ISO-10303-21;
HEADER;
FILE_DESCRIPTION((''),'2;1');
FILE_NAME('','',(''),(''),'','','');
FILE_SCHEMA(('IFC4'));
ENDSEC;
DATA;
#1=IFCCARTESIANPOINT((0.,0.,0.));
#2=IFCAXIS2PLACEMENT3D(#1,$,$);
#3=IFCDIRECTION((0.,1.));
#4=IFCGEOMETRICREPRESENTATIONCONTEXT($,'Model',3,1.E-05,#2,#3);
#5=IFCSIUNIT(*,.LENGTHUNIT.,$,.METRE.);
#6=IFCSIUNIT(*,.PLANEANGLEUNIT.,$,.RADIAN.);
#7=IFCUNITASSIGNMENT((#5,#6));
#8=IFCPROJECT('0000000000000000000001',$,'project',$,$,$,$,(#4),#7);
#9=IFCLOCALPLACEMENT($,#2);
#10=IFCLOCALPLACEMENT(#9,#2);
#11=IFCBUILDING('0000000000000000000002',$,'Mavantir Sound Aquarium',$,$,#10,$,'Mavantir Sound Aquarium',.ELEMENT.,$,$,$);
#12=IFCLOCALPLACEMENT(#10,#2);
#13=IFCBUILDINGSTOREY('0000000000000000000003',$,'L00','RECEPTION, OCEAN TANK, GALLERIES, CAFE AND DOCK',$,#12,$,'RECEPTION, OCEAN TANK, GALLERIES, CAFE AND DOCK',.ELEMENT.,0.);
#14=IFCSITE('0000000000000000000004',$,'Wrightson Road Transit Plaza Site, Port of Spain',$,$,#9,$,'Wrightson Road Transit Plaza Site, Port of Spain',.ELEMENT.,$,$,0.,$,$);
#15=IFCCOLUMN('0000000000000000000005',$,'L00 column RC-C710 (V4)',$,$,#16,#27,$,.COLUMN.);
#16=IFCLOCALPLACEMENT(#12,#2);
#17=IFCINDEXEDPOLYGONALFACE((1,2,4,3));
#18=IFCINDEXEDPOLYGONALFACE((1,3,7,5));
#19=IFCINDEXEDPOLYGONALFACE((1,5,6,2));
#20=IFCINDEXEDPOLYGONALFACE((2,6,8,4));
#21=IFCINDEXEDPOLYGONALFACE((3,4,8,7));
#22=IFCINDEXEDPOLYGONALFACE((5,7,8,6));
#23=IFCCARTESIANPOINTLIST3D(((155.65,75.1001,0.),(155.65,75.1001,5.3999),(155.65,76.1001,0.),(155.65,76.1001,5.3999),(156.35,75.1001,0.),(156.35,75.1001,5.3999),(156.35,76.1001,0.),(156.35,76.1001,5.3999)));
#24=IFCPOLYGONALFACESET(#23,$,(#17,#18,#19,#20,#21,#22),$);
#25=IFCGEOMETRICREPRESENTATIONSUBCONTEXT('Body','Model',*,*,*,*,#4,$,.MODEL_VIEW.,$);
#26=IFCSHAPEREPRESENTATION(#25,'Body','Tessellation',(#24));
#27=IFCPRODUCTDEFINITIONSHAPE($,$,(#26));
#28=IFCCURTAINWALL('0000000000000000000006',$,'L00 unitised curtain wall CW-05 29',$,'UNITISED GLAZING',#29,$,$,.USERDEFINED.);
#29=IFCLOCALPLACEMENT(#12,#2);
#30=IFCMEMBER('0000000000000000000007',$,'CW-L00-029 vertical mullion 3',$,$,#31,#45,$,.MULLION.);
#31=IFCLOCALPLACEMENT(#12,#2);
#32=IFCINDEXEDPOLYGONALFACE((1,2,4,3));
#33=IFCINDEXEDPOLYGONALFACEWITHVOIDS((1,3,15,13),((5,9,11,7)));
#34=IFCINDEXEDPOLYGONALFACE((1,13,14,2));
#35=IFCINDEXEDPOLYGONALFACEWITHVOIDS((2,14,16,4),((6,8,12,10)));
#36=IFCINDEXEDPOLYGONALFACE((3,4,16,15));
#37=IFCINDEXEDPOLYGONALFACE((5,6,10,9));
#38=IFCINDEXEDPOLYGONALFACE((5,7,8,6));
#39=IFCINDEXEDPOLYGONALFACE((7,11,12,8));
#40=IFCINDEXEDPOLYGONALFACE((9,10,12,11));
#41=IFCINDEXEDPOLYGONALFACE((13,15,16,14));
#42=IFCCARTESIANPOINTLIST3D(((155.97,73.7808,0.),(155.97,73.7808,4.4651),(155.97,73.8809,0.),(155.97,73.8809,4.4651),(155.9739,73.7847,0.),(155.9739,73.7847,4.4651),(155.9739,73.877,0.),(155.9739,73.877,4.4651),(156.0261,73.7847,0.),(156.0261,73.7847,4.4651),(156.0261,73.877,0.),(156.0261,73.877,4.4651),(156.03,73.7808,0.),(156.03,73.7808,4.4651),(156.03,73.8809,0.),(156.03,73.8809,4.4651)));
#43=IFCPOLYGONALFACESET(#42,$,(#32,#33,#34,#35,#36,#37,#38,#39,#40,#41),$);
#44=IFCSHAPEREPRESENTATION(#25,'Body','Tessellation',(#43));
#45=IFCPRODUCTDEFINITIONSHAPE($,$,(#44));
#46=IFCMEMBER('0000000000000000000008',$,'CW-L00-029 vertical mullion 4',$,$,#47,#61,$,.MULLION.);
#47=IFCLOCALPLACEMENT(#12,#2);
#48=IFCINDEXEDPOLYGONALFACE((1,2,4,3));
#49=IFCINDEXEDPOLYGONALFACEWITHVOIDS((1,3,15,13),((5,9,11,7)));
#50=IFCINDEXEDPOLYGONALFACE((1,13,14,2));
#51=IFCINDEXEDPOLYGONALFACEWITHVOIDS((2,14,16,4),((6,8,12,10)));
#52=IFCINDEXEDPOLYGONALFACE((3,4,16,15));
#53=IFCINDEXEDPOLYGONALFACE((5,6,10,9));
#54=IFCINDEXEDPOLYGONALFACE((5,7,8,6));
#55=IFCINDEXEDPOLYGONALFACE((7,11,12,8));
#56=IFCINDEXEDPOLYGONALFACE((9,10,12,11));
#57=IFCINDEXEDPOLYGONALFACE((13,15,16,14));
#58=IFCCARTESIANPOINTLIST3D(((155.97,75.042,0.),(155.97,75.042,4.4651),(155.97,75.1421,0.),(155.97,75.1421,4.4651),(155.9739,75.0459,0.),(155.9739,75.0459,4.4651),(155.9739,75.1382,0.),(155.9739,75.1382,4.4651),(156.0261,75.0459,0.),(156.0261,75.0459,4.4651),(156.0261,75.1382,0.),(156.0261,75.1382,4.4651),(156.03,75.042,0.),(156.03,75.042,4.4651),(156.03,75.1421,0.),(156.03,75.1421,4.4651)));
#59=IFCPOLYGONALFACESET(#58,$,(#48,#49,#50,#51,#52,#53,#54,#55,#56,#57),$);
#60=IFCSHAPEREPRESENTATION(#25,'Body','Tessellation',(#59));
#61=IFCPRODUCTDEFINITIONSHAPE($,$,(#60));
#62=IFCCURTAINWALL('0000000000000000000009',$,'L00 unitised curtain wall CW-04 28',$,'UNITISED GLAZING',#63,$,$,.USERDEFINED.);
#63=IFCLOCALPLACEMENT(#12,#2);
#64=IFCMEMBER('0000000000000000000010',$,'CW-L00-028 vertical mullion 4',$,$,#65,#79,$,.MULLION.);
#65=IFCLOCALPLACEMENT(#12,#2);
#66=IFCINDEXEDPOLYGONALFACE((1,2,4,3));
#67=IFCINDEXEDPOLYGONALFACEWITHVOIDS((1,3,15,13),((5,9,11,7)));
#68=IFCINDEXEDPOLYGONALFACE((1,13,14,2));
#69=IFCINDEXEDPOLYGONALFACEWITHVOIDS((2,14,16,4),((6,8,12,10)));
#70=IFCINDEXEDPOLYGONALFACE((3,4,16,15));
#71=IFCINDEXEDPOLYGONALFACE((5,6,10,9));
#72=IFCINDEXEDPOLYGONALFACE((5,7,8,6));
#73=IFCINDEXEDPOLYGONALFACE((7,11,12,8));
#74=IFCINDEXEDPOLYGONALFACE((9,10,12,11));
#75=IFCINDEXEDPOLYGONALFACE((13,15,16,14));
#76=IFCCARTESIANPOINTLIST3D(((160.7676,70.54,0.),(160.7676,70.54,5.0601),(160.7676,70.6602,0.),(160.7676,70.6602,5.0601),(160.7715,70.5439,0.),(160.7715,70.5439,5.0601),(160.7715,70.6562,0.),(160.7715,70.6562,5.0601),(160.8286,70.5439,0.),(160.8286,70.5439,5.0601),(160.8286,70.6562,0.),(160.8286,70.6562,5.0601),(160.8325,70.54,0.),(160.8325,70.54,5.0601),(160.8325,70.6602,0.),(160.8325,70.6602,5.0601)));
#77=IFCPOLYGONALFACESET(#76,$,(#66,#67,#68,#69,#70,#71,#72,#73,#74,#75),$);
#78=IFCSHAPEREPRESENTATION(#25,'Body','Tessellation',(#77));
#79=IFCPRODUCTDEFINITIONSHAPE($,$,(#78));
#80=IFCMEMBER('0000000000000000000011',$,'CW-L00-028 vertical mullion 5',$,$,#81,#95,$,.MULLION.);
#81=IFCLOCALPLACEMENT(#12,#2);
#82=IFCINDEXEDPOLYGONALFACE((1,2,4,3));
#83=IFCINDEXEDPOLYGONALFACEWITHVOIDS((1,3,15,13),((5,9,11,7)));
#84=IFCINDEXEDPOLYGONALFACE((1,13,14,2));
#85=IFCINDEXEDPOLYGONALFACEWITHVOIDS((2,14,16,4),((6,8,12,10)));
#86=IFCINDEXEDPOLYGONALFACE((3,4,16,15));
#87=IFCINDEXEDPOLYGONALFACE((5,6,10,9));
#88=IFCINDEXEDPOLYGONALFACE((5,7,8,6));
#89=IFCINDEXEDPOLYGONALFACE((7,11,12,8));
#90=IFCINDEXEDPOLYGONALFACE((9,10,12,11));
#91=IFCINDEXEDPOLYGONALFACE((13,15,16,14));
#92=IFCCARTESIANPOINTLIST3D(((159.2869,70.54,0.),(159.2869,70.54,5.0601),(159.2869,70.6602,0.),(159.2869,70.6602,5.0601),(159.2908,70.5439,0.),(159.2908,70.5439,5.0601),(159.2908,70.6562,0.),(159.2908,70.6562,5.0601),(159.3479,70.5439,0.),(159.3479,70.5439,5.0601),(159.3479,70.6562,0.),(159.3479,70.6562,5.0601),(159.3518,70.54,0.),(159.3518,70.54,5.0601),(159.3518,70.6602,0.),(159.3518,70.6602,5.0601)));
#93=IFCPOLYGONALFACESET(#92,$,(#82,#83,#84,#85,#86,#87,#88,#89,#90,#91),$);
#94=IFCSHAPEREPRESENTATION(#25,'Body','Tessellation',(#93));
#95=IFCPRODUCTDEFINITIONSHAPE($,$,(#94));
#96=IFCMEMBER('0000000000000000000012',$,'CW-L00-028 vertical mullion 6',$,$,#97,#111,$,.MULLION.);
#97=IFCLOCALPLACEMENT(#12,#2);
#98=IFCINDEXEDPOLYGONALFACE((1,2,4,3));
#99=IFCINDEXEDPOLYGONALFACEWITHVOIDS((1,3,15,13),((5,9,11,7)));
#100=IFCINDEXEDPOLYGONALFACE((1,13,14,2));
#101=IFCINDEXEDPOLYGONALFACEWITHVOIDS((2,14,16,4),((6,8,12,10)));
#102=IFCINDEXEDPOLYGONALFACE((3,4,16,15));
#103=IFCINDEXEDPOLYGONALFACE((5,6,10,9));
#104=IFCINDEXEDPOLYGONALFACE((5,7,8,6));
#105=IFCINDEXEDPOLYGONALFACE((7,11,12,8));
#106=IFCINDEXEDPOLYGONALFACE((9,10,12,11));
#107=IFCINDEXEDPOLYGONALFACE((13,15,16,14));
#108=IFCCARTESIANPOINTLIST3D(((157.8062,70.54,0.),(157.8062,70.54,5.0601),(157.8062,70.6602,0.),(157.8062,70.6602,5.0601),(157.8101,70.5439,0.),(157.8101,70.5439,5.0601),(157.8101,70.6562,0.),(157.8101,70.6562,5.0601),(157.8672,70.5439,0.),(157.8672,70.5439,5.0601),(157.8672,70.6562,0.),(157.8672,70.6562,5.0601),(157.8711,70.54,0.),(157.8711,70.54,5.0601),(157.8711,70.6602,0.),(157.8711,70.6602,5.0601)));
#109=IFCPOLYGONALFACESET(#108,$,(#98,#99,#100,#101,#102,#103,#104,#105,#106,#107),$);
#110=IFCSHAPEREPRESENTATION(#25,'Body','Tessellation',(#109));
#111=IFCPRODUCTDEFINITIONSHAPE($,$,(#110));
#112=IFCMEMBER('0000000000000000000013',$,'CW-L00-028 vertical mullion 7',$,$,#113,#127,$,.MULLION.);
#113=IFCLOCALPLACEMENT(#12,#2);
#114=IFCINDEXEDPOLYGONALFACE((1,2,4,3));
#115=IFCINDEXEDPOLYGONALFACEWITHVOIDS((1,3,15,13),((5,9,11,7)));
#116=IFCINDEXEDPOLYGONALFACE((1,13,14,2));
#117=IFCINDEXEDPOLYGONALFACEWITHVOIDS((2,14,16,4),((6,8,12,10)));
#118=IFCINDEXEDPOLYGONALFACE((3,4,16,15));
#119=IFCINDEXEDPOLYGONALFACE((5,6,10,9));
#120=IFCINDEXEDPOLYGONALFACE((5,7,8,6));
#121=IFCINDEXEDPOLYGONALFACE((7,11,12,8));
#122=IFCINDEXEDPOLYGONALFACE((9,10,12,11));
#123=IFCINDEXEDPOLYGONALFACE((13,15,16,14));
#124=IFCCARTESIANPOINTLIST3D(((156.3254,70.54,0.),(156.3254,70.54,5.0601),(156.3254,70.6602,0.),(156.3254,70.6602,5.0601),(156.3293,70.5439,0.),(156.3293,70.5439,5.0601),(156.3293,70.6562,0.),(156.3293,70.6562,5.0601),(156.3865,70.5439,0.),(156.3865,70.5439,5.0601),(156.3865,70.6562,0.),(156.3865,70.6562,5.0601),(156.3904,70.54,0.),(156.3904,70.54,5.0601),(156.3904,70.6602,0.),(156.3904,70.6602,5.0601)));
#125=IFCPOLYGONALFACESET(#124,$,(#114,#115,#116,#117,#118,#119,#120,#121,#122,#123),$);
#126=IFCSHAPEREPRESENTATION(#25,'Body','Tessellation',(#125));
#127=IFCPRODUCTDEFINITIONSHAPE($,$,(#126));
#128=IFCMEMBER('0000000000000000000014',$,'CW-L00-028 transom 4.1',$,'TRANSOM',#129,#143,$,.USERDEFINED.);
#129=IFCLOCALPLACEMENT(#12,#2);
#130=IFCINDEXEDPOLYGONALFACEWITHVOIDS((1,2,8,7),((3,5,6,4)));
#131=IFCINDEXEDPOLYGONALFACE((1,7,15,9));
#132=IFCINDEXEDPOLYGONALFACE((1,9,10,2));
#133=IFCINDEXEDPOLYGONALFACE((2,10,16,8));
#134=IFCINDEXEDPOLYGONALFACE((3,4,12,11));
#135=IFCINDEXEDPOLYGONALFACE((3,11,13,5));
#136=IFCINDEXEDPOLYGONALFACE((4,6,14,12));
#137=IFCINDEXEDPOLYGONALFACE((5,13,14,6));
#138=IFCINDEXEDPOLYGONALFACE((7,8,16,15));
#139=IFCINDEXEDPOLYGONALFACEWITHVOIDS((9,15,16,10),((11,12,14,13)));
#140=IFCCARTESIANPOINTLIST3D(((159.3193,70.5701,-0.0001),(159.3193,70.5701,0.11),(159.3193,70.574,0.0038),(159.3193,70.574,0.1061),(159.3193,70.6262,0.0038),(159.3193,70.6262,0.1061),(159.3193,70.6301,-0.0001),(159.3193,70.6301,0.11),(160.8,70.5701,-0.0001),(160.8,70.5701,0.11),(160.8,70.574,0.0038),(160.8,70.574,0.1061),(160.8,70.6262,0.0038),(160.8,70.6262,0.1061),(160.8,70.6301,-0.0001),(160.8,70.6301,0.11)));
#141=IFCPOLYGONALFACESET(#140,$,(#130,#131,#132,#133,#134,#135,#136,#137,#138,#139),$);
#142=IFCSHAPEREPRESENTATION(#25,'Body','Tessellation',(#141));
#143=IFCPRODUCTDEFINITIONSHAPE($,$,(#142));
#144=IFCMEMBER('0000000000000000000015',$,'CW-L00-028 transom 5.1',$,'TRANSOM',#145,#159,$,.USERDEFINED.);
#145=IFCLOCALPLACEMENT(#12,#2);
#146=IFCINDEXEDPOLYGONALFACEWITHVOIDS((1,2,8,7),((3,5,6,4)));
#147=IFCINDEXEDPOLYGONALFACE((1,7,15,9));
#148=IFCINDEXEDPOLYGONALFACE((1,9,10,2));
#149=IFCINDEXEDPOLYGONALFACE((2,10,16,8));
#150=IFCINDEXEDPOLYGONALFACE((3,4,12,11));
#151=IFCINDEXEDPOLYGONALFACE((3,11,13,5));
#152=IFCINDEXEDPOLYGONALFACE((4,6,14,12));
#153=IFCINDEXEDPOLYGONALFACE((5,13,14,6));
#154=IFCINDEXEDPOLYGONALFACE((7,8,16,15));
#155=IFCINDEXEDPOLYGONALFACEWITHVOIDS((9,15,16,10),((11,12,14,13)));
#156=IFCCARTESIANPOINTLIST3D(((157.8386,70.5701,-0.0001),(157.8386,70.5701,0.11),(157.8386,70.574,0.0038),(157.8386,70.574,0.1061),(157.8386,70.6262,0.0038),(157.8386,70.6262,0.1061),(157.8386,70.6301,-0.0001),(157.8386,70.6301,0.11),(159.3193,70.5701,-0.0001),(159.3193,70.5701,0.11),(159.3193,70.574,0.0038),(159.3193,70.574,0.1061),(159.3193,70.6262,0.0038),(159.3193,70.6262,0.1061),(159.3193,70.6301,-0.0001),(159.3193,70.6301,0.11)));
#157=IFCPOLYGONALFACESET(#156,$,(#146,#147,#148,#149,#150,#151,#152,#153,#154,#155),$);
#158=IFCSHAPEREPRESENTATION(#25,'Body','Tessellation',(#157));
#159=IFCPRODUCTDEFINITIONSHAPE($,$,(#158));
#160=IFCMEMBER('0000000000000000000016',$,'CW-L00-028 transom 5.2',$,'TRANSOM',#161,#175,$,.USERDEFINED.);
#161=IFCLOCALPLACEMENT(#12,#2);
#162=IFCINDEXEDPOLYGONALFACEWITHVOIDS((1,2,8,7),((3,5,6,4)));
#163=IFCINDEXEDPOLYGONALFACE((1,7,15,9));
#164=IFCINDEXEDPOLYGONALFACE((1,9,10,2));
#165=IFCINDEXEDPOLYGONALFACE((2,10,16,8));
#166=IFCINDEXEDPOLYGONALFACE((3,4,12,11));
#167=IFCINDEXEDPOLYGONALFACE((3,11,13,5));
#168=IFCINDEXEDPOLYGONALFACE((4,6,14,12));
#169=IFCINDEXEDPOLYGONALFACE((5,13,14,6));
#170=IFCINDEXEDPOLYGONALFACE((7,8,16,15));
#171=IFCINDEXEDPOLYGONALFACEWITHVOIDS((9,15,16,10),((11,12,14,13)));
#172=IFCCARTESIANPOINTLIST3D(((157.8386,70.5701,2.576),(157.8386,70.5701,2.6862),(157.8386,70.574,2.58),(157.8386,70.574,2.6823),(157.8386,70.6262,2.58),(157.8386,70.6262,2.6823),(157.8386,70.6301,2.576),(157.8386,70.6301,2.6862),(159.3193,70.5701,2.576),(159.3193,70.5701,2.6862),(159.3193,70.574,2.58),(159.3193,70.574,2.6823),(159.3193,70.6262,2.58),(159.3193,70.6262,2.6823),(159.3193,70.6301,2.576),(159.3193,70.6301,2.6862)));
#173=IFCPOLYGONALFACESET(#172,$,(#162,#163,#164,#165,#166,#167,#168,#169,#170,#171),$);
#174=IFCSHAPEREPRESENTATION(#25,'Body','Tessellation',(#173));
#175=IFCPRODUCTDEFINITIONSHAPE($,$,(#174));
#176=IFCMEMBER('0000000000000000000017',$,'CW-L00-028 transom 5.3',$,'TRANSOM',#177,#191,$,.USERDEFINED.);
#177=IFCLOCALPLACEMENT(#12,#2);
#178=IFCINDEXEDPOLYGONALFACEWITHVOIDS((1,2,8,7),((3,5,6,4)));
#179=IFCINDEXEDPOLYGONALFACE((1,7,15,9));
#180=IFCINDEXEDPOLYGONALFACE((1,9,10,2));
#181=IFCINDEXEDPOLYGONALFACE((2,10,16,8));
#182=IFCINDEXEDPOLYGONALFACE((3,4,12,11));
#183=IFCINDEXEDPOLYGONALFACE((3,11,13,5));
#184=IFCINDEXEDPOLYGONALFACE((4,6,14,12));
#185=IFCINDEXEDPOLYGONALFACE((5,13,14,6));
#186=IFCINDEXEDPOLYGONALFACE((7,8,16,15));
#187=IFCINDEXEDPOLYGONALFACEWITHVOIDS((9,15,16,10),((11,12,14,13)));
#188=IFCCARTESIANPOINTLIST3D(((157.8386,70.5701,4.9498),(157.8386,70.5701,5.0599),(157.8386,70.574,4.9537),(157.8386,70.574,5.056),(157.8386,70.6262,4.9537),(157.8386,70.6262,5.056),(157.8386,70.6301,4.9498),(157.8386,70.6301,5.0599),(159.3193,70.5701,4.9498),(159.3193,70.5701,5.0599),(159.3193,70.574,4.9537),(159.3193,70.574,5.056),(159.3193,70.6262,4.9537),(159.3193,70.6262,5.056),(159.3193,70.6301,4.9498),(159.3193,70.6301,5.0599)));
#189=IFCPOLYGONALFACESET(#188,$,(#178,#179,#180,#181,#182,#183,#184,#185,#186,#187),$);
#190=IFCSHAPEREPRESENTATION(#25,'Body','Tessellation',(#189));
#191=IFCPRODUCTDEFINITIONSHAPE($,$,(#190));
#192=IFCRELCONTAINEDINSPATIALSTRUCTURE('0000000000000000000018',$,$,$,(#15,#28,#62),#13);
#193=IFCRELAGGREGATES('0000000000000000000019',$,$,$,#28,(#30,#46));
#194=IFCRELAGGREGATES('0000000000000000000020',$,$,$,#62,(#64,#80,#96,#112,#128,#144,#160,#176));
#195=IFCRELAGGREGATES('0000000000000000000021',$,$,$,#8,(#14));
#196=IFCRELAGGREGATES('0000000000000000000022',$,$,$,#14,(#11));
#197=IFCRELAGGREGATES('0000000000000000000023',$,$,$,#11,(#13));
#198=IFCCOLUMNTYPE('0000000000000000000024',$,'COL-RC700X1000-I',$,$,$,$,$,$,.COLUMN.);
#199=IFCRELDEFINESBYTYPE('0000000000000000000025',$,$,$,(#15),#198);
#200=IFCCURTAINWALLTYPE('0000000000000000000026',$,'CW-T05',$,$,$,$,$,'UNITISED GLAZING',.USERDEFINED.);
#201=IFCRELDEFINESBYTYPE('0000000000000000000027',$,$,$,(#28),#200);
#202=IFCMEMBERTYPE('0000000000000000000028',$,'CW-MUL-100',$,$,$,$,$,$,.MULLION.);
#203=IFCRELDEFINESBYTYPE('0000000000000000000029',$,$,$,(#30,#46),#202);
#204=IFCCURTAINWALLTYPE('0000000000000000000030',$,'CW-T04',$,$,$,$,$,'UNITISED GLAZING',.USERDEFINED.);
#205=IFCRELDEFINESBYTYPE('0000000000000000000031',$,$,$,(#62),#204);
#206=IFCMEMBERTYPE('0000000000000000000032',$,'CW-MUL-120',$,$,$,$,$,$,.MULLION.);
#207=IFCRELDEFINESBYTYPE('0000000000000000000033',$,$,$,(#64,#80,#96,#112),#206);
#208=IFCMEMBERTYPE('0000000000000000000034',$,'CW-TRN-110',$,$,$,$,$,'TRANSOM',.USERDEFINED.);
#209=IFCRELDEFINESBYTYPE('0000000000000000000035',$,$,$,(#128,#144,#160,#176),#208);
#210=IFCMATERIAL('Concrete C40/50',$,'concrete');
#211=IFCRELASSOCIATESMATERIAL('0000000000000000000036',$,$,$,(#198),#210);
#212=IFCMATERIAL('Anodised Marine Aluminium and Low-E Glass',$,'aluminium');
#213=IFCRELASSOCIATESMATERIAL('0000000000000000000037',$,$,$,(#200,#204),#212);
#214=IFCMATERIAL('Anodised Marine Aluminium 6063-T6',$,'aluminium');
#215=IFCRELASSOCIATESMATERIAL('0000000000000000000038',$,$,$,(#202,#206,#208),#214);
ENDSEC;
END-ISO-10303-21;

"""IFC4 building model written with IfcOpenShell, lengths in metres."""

from ifc_helpers import new_model, si_unit, direction, frame, origin, origin_2d, place, context, subcontext, project, spatial, rectangle, hollow_rectangle, extrude, material, material_profile, profile_set, type_object, element, aggregate, save


model = new_model("IFC4")

# Units and contexts
model_context = context("Model", 3, precision=1e-05, world=origin(), true_north=direction((0.0, 1.0)))
body_context = subcontext(model_context, "Body", "Model", "MODEL_VIEW")
ifc_project = project(units=[si_unit("LENGTHUNIT", "METRE"), si_unit("PLANEANGLEUNIT", "RADIAN")], contexts=[model_context])

# Site, building, storey
site_placement = place(None, origin())
site = spatial("IfcSite", under=ifc_project, at=site_placement, Name="Wrightson Road Transit Plaza Site, Port of Spain", LongName="Wrightson Road Transit Plaza Site, Port of Spain", CompositionType="ELEMENT", RefElevation=0.0)
building_placement = place(site_placement, origin())
building = spatial("IfcBuilding", under=site, at=building_placement, Name="Mavantir Sound Aquarium", LongName="Mavantir Sound Aquarium", CompositionType="ELEMENT")
storey_placement = place(building_placement, origin())
storey = spatial("IfcBuildingStorey", under=building, at=storey_placement, Name="L00", Description="RECEPTION, OCEAN TANK, GALLERIES, CAFE AND DOCK", LongName="RECEPTION, OCEAN TANK, GALLERIES, CAFE AND DOCK", CompositionType="ELEMENT", Elevation=0.0)

# Column
ifc_material_1 = material(Name="Concrete C40/50", Category="concrete")
ifc_material_profile_1 = material_profile(ifc_material_1, rectangle(XDim=0.7, YDim=1.0, at=origin_2d()), Name="RC 700X1000")
ifc_profile_set_1 = profile_set([ifc_material_profile_1], Name="Concrete C40/50")
column_type = type_object("IfcColumnType", Name="COL-RC700X1000-I", PredefinedType="COLUMN", material=ifc_profile_set_1)
column_placement = place(storey_placement, frame((156.0, 75.6001, 0.0), z_axis=(0.0, 0.0, 1.0), x_axis=(1.0, 0.0, 0.0)))
element("IfcColumn", 1, at=column_placement, inside=storey, type_object=column_type, Name="L00 column RC-C710 (V4)", PredefinedType="COLUMN", context=body_context, shape_type="SweptSolid", body=[
    extrude(rectangle(XDim=0.7, YDim=1.0, at=origin_2d()), origin(), (0.0, 0.0, 1.0), 5.3999),
])

# Curtain walls, members
ifc_material_2 = material(Name="Anodised Marine Aluminium and Low-E Glass", Category="aluminium")
curtain_wall_type_1 = type_object("IfcCurtainWallType", Name="CW-T05", ElementType="UNITISED GLAZING", PredefinedType="USERDEFINED", material=ifc_material_2)
curtain_wall_1_placement = place(storey_placement, origin())
curtain_wall_1 = element("IfcCurtainWall", 2, at=curtain_wall_1_placement, inside=storey, type_object=curtain_wall_type_1, Name="L00 unitised curtain wall CW-05 29", ObjectType="UNITISED GLAZING", PredefinedType="USERDEFINED")
ifc_material_3 = material(Name="Anodised Marine Aluminium 6063-T6", Category="aluminium")
ifc_material_profile_2 = material_profile(ifc_material_3, hollow_rectangle(XDim=0.0601, YDim=0.1001, WallThickness=0.0039, at=origin_2d()), Name="ALU-MULLION-100X60")
ifc_profile_set_2 = profile_set([ifc_material_profile_2], Name="Anodised Marine Aluminium 6063-T6")
member_type_1 = type_object("IfcMemberType", Name="CW-MUL-100", PredefinedType="MULLION", material=ifc_profile_set_2)
member_1_placement = place(storey_placement, frame((156.0, 73.8308, 0.0), z_axis=(0.0, 0.0, 1.0), x_axis=(1.0, 0.0, 0.0)))
member_1 = element("IfcMember", 3, at=member_1_placement, type_object=member_type_1, Name="CW-L00-029 vertical mullion 3", PredefinedType="MULLION", context=body_context, shape_type="SweptSolid", body=[
    extrude(hollow_rectangle(XDim=0.0601, YDim=0.1001, WallThickness=0.0039, at=origin_2d()), origin(), (0.0, 0.0, 1.0), 4.4651),
])
member_2_placement = place(storey_placement, frame((156.0, 75.092, 0.0), z_axis=(0.0, 0.0, 1.0), x_axis=(1.0, 0.0, 0.0)))
member_2 = element("IfcMember", 4, at=member_2_placement, type_object=member_type_1, Name="CW-L00-029 vertical mullion 4", PredefinedType="MULLION", context=body_context, shape_type="SweptSolid", body=[
    extrude(hollow_rectangle(XDim=0.0601, YDim=0.1001, WallThickness=0.0039, at=origin_2d()), origin(), (0.0, 0.0, 1.0), 4.4651),
])
curtain_wall_type_2 = type_object("IfcCurtainWallType", Name="CW-T04", ElementType="UNITISED GLAZING", PredefinedType="USERDEFINED", material=ifc_material_2)
curtain_wall_2_placement = place(storey_placement, origin())
curtain_wall_2 = element("IfcCurtainWall", 5, at=curtain_wall_2_placement, inside=storey, type_object=curtain_wall_type_2, Name="L00 unitised curtain wall CW-04 28", ObjectType="UNITISED GLAZING", PredefinedType="USERDEFINED")
ifc_material_profile_3 = material_profile(ifc_material_3, hollow_rectangle(XDim=0.0649, YDim=0.1201, WallThickness=0.0039, at=origin_2d()), Name="ALU-MULLION-120X65")
ifc_profile_set_3 = profile_set([ifc_material_profile_3], Name="Anodised Marine Aluminium 6063-T6")
member_type_2 = type_object("IfcMemberType", Name="CW-MUL-120", PredefinedType="MULLION", material=ifc_profile_set_3)
member_3_placement = place(storey_placement, frame((160.8, 70.6001, 0.0), z_axis=(0.0, 0.0, 1.0), x_axis=(1.0, 0.0, 0.0)))
member_3 = element("IfcMember", 6, at=member_3_placement, type_object=member_type_2, Name="CW-L00-028 vertical mullion 4", PredefinedType="MULLION", context=body_context, shape_type="SweptSolid", body=[
    extrude(hollow_rectangle(XDim=0.0649, YDim=0.1201, WallThickness=0.0039, at=origin_2d()), origin(), (0.0, 0.0, 1.0), 5.0601),
])
member_4_placement = place(storey_placement, frame((159.3193, 70.6001, 0.0), z_axis=(0.0, 0.0, 1.0), x_axis=(1.0, 0.0, 0.0)))
member_4 = element("IfcMember", 7, at=member_4_placement, type_object=member_type_2, Name="CW-L00-028 vertical mullion 5", PredefinedType="MULLION", context=body_context, shape_type="SweptSolid", body=[
    extrude(hollow_rectangle(XDim=0.0649, YDim=0.1201, WallThickness=0.0039, at=origin_2d()), origin(), (0.0, 0.0, 1.0), 5.0601),
])
member_5_placement = place(storey_placement, frame((157.8386, 70.6001, 0.0), z_axis=(0.0, 0.0, 1.0), x_axis=(1.0, 0.0, 0.0)))
member_5 = element("IfcMember", 8, at=member_5_placement, type_object=member_type_2, Name="CW-L00-028 vertical mullion 6", PredefinedType="MULLION", context=body_context, shape_type="SweptSolid", body=[
    extrude(hollow_rectangle(XDim=0.0649, YDim=0.1201, WallThickness=0.0039, at=origin_2d()), origin(), (0.0, 0.0, 1.0), 5.0601),
])
member_6_placement = place(storey_placement, frame((156.3579, 70.6001, 0.0), z_axis=(0.0, 0.0, 1.0), x_axis=(1.0, 0.0, 0.0)))
member_6 = element("IfcMember", 9, at=member_6_placement, type_object=member_type_2, Name="CW-L00-028 vertical mullion 7", PredefinedType="MULLION", context=body_context, shape_type="SweptSolid", body=[
    extrude(hollow_rectangle(XDim=0.0649, YDim=0.1201, WallThickness=0.0039, at=origin_2d()), origin(), (0.0, 0.0, 1.0), 5.0601),
])
ifc_material_profile_4 = material_profile(ifc_material_3, hollow_rectangle(XDim=0.0601, YDim=0.1101, WallThickness=0.0039, at=origin_2d()), Name="ALU-TRANSOM-110X60")
ifc_profile_set_4 = profile_set([ifc_material_profile_4], Name="Anodised Marine Aluminium 6063-T6")
member_type_3 = type_object("IfcMemberType", Name="CW-TRN-110", ElementType="TRANSOM", PredefinedType="USERDEFINED", material=ifc_profile_set_4)
member_7_placement = place(storey_placement, frame((160.8, 70.6001, 0.0549), z_axis=(-1.0, 0.0, 0.0), x_axis=(0.0, -1.0, 0.0)))
member_7 = element("IfcMember", 10, at=member_7_placement, type_object=member_type_3, Name="CW-L00-028 transom 4.1", ObjectType="TRANSOM", PredefinedType="USERDEFINED", context=body_context, shape_type="SweptSolid", body=[
    extrude(hollow_rectangle(XDim=0.0601, YDim=0.1101, WallThickness=0.0039, at=origin_2d()), origin(), (0.0, 0.0, 1.0), 1.4807),
])
member_8_placement = place(storey_placement, frame((159.3193, 70.6001, 0.0549), z_axis=(-1.0, 0.0, 0.0), x_axis=(0.0, -1.0, 0.0)))
member_8 = element("IfcMember", 11, at=member_8_placement, type_object=member_type_3, Name="CW-L00-028 transom 5.1", ObjectType="TRANSOM", PredefinedType="USERDEFINED", context=body_context, shape_type="SweptSolid", body=[
    extrude(hollow_rectangle(XDim=0.0601, YDim=0.1101, WallThickness=0.0039, at=origin_2d()), origin(), (0.0, 0.0, 1.0), 1.4807),
])
member_9_placement = place(storey_placement, frame((159.3193, 70.6001, 2.6311), z_axis=(-1.0, 0.0, 0.0), x_axis=(0.0, -1.0, 0.0)))
member_9 = element("IfcMember", 12, at=member_9_placement, type_object=member_type_3, Name="CW-L00-028 transom 5.2", ObjectType="TRANSOM", PredefinedType="USERDEFINED", context=body_context, shape_type="SweptSolid", body=[
    extrude(hollow_rectangle(XDim=0.0601, YDim=0.1101, WallThickness=0.0039, at=origin_2d()), origin(), (0.0, 0.0, 1.0), 1.4807),
])
member_10_placement = place(storey_placement, frame((159.3193, 70.6001, 5.0049), z_axis=(-1.0, 0.0, 0.0), x_axis=(0.0, -1.0, 0.0)))
member_10 = element("IfcMember", 13, at=member_10_placement, type_object=member_type_3, Name="CW-L00-028 transom 5.3", ObjectType="TRANSOM", PredefinedType="USERDEFINED", context=body_context, shape_type="SweptSolid", body=[
    extrude(hollow_rectangle(XDim=0.0601, YDim=0.1101, WallThickness=0.0039, at=origin_2d()), origin(), (0.0, 0.0, 1.0), 1.4807),
])

aggregate(curtain_wall_1, [member_1, member_2])
aggregate(curtain_wall_2, [member_3, member_4, member_5, member_6, member_7, member_8, member_9, member_10])

save(model, "model.ifc")
